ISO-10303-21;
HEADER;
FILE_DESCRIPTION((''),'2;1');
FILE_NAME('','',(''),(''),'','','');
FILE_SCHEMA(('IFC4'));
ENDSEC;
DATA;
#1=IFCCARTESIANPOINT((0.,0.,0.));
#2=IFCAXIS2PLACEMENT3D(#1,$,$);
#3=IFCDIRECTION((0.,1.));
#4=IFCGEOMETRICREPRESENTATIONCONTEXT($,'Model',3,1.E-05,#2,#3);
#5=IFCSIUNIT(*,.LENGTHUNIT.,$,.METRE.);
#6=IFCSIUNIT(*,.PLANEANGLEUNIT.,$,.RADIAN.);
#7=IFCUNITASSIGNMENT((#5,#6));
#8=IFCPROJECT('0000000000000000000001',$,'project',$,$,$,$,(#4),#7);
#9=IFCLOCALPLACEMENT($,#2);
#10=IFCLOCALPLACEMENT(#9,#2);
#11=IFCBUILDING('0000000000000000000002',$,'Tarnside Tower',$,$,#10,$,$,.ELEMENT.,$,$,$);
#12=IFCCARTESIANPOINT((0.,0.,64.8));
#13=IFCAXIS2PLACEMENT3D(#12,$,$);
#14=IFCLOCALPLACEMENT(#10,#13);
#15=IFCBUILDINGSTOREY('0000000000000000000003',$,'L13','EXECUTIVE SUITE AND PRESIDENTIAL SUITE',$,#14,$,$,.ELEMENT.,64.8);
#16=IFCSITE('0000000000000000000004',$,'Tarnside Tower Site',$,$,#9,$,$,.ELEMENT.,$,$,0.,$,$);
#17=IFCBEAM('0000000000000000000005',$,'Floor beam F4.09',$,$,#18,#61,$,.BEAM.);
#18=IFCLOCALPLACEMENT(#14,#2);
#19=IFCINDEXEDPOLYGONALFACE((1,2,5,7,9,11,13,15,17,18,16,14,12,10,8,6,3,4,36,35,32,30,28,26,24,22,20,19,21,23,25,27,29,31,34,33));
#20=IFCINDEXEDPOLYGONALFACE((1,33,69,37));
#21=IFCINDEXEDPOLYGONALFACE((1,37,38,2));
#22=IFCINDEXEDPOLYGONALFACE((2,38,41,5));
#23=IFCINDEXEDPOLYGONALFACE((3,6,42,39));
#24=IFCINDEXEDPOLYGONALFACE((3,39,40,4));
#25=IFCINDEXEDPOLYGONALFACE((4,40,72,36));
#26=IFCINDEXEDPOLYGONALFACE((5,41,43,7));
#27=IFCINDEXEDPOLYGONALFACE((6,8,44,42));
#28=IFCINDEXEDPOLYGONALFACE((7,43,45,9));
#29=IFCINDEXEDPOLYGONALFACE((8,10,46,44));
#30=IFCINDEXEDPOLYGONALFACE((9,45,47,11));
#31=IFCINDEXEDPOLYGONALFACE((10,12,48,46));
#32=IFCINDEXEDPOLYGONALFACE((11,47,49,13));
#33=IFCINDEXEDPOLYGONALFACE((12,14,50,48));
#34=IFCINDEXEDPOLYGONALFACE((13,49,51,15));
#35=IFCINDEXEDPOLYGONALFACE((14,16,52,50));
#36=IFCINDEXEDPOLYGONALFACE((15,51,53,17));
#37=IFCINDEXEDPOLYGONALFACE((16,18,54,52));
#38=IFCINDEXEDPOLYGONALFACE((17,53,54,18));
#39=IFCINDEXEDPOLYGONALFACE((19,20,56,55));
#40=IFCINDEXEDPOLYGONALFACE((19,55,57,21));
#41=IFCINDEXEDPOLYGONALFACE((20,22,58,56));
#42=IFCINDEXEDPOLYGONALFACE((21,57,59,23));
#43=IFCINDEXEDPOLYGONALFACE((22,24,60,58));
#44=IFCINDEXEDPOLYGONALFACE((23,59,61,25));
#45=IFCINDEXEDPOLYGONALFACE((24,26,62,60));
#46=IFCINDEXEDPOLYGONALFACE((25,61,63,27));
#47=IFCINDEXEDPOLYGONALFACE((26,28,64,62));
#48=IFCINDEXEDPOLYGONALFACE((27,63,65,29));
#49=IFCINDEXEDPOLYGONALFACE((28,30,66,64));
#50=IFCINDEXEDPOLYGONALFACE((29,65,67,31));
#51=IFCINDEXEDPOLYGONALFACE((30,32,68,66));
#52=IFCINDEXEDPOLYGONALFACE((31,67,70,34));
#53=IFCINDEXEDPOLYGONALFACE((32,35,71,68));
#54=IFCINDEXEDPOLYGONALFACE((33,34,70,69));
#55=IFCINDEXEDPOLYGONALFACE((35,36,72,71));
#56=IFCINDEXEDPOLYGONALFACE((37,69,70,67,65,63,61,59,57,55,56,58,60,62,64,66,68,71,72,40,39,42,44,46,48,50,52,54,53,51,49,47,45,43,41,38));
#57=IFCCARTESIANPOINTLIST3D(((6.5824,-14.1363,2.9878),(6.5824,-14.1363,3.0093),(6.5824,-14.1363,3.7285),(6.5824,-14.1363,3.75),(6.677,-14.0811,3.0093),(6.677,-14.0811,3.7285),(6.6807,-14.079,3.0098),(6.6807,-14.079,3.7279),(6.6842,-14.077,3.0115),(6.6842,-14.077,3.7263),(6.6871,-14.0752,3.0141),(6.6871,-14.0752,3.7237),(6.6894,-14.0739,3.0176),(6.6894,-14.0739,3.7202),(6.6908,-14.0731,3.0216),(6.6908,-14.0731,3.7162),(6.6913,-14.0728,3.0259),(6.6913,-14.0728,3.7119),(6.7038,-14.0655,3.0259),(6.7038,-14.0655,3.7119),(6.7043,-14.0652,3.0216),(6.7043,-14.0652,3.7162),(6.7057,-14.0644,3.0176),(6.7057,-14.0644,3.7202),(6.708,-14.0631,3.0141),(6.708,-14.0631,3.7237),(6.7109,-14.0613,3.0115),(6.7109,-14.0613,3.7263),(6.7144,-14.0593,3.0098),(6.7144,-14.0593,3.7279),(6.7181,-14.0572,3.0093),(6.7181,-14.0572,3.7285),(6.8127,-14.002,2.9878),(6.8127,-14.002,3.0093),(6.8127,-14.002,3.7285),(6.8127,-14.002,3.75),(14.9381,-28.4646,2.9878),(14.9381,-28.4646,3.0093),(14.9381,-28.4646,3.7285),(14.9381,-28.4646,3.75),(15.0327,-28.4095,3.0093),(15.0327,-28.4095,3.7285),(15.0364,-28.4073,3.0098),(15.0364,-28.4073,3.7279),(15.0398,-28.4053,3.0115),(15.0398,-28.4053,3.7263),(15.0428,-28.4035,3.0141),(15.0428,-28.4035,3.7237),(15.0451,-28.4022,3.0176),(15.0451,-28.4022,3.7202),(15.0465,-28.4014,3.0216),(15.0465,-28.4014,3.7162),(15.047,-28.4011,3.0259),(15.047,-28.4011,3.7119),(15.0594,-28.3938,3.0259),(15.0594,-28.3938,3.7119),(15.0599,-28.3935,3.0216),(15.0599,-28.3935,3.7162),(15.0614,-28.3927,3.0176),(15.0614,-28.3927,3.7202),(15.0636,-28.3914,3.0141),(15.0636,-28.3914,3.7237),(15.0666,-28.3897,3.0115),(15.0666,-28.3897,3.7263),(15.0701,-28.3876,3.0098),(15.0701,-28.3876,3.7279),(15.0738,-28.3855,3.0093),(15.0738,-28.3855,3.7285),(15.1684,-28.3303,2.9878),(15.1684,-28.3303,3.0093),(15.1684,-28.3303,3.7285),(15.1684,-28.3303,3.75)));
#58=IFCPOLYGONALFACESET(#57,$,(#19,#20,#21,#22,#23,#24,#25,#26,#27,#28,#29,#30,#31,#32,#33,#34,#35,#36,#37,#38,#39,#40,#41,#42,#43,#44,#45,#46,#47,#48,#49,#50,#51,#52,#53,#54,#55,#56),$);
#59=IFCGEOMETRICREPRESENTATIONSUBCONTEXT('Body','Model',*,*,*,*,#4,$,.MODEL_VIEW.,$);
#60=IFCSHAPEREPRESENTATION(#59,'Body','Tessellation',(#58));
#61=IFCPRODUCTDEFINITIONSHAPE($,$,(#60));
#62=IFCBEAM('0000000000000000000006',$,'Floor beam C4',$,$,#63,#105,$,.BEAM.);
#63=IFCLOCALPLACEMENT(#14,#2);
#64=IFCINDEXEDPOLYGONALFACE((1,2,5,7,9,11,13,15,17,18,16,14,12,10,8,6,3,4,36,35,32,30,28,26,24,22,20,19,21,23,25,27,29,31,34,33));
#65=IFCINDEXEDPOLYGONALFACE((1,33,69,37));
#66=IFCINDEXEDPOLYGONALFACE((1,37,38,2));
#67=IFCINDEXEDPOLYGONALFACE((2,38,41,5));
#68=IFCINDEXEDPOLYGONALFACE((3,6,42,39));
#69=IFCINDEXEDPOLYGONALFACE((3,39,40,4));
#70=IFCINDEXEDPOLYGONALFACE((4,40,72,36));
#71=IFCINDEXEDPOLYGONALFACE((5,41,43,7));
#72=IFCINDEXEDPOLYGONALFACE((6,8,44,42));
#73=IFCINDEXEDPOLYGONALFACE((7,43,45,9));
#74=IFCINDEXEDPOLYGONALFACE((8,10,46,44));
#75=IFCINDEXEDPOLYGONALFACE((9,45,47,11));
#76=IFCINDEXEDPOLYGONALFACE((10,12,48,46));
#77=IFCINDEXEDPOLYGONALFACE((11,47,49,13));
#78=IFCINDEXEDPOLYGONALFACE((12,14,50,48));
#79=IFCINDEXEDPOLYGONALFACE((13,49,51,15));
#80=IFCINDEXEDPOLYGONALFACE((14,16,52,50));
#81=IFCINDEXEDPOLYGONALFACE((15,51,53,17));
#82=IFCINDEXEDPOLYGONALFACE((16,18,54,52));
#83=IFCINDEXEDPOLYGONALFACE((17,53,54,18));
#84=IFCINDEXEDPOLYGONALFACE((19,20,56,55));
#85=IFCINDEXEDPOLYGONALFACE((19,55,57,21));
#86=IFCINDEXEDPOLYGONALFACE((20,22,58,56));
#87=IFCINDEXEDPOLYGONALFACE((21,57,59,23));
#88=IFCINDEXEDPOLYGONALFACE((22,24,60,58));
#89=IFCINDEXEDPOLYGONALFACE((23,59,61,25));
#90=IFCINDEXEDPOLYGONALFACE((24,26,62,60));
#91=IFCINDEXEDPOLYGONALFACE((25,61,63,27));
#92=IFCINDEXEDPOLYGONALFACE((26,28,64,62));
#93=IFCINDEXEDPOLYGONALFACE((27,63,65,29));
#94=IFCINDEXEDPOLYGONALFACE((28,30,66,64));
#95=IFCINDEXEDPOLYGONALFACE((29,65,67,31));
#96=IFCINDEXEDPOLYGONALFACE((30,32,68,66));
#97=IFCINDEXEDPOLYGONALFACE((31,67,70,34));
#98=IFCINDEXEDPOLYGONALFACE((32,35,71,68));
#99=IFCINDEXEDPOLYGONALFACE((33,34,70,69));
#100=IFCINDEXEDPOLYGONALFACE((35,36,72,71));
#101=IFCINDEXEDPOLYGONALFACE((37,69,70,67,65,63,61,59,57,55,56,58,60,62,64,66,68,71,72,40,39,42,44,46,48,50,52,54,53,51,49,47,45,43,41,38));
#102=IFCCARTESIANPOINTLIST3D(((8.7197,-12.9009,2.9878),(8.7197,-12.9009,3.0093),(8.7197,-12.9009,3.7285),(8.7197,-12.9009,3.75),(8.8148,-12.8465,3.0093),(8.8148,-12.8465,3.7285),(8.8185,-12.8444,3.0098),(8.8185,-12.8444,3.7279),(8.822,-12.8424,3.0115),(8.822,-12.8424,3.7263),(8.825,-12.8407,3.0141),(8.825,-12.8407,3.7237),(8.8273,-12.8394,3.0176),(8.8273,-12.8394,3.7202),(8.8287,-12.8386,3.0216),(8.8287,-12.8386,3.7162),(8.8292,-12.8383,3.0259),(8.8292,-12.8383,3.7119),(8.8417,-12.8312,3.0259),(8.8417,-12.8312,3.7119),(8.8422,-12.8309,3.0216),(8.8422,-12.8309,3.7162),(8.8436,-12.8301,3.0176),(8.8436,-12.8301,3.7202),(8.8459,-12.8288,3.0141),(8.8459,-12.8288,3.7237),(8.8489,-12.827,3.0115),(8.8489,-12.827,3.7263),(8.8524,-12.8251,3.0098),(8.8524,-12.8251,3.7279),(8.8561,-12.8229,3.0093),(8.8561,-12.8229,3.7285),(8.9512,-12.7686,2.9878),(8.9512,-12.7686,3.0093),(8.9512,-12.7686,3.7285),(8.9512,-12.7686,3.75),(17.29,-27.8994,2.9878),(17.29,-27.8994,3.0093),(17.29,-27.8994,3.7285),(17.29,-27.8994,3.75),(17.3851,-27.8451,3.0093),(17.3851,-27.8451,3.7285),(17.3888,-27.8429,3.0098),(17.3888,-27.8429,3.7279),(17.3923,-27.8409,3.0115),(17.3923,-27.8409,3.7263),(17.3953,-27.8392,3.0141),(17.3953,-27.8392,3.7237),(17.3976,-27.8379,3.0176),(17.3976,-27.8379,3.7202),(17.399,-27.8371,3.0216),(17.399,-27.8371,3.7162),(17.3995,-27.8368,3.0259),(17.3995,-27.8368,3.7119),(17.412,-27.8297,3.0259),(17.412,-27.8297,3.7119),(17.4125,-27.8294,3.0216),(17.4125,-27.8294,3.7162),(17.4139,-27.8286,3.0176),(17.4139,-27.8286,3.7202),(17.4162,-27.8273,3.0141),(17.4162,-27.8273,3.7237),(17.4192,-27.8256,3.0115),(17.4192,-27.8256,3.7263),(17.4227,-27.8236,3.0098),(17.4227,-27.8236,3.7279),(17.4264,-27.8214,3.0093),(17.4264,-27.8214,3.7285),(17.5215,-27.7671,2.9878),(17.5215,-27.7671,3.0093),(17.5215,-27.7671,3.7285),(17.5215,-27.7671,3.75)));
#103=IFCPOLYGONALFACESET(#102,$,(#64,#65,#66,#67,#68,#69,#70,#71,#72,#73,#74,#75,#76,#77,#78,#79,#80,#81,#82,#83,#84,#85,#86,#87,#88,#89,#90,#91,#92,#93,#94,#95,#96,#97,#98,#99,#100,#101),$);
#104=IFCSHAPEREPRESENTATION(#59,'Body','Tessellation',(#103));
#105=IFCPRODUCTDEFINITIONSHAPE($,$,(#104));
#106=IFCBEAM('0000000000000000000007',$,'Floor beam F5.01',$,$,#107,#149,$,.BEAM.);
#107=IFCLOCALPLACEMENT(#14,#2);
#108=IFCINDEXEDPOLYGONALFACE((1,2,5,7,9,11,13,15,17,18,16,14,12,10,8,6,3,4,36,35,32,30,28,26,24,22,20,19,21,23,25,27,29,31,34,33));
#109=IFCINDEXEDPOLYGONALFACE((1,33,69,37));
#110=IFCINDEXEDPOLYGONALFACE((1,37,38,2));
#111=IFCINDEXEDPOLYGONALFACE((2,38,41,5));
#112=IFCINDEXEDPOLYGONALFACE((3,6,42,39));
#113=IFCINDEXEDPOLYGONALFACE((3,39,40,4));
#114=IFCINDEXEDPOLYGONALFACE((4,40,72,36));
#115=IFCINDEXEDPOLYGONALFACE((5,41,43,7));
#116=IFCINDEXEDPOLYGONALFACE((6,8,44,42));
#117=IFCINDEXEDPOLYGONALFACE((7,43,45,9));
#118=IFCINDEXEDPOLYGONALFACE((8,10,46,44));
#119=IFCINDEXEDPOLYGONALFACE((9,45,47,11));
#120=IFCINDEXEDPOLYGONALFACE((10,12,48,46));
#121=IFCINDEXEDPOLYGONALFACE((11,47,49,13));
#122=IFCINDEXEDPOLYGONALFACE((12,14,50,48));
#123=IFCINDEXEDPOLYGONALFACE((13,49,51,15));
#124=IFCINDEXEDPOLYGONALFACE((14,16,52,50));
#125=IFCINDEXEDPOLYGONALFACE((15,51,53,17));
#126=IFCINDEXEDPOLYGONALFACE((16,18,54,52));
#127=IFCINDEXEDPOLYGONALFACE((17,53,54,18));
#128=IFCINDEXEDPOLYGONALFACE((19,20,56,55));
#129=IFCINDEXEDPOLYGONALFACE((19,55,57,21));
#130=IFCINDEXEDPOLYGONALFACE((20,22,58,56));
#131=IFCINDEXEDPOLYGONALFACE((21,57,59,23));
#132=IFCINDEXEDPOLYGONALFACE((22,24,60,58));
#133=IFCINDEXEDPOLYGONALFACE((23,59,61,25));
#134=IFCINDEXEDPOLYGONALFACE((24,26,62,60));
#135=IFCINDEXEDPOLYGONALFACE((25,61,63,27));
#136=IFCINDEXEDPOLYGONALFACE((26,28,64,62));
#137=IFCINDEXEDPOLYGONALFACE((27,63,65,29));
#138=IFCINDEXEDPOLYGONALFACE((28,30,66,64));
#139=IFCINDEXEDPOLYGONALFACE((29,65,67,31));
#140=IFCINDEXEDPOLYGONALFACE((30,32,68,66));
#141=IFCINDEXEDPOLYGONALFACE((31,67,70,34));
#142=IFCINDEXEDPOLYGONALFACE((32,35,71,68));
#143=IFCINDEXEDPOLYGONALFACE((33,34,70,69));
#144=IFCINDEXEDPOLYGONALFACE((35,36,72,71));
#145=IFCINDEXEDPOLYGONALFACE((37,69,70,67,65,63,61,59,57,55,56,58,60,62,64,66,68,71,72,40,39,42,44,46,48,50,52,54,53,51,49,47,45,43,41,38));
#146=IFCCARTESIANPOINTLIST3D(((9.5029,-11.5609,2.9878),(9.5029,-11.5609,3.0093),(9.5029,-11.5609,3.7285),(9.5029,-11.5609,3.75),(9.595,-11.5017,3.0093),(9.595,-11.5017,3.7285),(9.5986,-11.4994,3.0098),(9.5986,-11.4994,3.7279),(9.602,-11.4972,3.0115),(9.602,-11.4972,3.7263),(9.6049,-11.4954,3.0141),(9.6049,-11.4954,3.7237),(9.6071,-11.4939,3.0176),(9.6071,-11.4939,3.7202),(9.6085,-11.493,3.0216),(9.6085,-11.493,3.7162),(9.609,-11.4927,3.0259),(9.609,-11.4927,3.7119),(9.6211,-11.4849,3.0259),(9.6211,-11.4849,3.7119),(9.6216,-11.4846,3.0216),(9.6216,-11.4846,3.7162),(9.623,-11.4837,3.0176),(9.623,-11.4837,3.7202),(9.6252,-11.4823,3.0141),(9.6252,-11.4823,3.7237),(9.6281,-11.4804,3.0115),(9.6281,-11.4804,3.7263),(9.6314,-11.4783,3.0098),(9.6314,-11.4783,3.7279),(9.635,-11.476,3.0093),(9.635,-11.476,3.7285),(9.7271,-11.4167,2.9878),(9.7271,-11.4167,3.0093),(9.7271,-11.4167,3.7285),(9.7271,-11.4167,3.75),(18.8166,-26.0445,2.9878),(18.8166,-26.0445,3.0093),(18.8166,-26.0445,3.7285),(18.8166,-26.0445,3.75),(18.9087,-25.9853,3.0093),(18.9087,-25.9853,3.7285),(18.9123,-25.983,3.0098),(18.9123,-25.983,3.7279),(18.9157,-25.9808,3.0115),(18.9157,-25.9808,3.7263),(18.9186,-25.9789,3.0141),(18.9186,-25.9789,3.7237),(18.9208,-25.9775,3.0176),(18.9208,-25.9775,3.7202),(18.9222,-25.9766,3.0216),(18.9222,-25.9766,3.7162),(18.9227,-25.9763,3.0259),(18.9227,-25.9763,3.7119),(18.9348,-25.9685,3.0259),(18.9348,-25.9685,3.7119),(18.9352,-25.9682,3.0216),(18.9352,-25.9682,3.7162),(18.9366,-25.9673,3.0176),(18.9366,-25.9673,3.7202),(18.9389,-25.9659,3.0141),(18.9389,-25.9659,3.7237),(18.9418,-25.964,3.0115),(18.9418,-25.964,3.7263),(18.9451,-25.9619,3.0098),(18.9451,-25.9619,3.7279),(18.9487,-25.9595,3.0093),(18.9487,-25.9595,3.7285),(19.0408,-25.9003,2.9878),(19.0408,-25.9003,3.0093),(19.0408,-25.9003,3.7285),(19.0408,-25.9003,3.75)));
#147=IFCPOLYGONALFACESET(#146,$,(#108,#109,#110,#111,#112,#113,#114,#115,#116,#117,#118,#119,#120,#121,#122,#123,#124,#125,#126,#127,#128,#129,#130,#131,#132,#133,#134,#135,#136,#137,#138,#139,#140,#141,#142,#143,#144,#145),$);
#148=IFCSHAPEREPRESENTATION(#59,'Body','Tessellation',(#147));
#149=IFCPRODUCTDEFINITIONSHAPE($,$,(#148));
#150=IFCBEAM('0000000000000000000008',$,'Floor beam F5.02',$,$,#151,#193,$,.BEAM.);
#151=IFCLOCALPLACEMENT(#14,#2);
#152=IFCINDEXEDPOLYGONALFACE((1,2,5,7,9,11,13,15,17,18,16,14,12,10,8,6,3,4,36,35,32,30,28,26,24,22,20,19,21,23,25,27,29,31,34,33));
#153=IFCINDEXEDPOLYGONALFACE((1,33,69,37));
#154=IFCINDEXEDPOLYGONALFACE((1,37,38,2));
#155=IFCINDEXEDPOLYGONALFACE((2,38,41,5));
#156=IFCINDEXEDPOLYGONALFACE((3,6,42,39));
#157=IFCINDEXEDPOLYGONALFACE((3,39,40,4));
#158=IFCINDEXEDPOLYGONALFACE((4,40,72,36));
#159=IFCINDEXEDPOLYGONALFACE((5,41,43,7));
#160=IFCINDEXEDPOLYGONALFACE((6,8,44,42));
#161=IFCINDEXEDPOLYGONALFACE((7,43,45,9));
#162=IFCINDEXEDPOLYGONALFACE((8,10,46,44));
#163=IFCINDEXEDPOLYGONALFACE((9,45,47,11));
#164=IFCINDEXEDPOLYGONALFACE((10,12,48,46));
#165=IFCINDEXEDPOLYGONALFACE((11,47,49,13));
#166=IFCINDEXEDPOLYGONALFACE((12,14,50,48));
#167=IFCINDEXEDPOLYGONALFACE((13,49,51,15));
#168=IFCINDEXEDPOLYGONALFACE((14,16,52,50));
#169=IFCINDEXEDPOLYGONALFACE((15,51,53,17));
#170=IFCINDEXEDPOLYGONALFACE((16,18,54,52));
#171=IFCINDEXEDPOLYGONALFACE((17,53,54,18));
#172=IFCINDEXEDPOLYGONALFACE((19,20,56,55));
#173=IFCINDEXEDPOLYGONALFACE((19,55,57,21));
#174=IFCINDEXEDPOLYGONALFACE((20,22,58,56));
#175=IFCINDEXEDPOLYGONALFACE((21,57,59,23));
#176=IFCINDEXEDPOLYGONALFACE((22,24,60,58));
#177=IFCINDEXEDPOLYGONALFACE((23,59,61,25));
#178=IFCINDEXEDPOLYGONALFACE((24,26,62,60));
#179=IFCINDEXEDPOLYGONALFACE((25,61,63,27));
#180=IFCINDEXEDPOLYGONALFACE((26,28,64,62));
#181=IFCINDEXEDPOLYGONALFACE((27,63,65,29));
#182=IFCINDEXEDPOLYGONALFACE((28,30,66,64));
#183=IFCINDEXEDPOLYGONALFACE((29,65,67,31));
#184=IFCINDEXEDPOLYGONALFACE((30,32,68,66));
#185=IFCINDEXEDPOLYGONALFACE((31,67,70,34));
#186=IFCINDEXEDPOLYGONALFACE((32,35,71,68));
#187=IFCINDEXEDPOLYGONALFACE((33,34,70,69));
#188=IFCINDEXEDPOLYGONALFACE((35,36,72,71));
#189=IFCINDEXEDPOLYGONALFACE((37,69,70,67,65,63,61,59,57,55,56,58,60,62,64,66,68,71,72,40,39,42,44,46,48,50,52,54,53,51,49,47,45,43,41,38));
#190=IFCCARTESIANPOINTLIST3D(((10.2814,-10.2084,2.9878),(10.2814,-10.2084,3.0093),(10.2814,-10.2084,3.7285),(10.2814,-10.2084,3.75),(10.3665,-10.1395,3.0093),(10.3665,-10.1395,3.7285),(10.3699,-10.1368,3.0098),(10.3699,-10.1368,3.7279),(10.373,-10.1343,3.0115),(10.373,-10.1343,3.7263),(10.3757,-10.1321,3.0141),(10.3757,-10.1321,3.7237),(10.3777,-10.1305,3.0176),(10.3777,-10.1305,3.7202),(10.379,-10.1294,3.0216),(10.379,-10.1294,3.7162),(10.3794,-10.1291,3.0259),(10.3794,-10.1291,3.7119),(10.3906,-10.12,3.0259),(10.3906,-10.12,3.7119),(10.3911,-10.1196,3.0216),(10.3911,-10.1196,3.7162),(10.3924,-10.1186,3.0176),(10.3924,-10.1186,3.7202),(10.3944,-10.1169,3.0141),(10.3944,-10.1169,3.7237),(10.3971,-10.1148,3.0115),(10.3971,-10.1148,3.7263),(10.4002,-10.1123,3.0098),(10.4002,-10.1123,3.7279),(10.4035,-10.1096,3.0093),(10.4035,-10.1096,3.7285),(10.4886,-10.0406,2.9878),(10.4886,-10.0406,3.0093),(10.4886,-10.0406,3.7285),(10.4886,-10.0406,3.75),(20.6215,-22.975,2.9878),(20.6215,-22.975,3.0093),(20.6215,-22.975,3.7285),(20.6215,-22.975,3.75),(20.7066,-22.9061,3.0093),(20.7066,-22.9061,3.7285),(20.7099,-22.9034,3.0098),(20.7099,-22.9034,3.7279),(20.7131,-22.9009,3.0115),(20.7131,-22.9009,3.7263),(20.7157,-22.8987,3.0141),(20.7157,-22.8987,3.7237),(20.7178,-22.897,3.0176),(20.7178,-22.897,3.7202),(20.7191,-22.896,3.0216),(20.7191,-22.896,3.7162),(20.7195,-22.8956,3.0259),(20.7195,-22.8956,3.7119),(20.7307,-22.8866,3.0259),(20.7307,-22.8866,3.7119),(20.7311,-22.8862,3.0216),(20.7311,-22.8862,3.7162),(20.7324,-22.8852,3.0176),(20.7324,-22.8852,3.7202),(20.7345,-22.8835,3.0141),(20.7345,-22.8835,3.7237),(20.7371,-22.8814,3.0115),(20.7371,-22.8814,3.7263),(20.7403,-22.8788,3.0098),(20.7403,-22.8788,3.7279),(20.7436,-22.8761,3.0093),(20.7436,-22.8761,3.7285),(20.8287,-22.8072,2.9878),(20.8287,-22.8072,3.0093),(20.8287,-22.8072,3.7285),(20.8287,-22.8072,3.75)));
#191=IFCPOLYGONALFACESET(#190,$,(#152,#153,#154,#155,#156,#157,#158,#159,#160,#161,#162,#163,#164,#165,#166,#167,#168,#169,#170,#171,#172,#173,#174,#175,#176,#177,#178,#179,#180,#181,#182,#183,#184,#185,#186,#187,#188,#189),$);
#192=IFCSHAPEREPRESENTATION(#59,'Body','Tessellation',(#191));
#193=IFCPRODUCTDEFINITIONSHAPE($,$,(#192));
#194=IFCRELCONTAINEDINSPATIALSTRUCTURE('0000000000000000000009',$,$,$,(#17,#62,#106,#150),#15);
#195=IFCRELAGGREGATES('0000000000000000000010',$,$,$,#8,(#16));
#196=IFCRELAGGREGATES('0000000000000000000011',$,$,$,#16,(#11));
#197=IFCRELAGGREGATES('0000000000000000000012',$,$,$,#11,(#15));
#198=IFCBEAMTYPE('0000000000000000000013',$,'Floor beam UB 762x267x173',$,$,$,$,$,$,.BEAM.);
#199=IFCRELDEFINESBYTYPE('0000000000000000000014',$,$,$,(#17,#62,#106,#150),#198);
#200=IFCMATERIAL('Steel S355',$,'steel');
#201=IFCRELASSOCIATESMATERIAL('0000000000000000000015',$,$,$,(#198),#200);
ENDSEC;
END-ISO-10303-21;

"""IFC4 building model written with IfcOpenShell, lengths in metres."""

from ifc_helpers import new_model, si_unit, direction, frame, origin, origin_2d, place, context, subcontext, project, spatial, i_section, extrude, material, material_profile, profile_set, type_object, element, save


model = new_model("IFC4")

# Units and contexts
model_context = context("Model", 3, precision=1e-05, world=origin(), true_north=direction((0.0, 1.0)))
body_context = subcontext(model_context, "Body", "Model", "MODEL_VIEW")
ifc_project = project(units=[si_unit("LENGTHUNIT", "METRE"), si_unit("PLANEANGLEUNIT", "RADIAN")], contexts=[model_context])

# Site, building, storey
site_placement = place(None, origin())
site = spatial("IfcSite", under=ifc_project, at=site_placement, Name="Tarnside Tower Site", CompositionType="ELEMENT", RefElevation=0.0)
building_placement = place(site_placement, origin())
building = spatial("IfcBuilding", under=site, at=building_placement, Name="Tarnside Tower", CompositionType="ELEMENT")
storey_placement = place(building_placement, frame((0.0, 0.0, 64.8)))
storey = spatial("IfcBuildingStorey", under=building, at=storey_placement, Name="L13", Description="EXECUTIVE SUITE AND PRESIDENTIAL SUITE", CompositionType="ELEMENT", Elevation=64.8)

# Beams
ifc_material_1 = material(Name="Steel S355", Category="steel")
ifc_material_profile = material_profile(ifc_material_1, i_section(OverallWidth=0.2666, OverallDepth=0.7622, WebThickness=0.0144, FlangeThickness=0.0215, FilletRadius=0.0166, at=origin_2d()), Name="UB 762x267x173")
ifc_profile_set = profile_set([ifc_material_profile], Name="Steel S355")
beam_type = type_object("IfcBeamType", Name="Floor beam UB 762x267x173", PredefinedType="BEAM", material=ifc_profile_set)
beam_1_placement = place(storey_placement, frame((15.0532, -28.3975, 3.3689), z_axis=(-0.503758, 0.863845, 0.0), x_axis=(-0.863845, -0.503758, 0.0)))
element("IfcBeam", 1, at=beam_1_placement, inside=storey, type_object=beam_type, Name="Floor beam F4.09", PredefinedType="BEAM", context=body_context, shape_type="SweptSolid", body=[
    extrude(i_section(OverallWidth=0.2666, OverallDepth=0.7622, WebThickness=0.0144, FlangeThickness=0.0215, FilletRadius=0.0166, at=origin_2d()), origin(), (0.0, 0.0, 1.0), 16.5867),
])
beam_2_placement = place(storey_placement, frame((17.4058, -27.8333, 3.3689), z_axis=(-0.496127, 0.86825, 0.0), x_axis=(-0.86825, -0.496127, 0.0)))
element("IfcBeam", 2, at=beam_2_placement, inside=storey, type_object=beam_type, Name="Floor beam C4", PredefinedType="BEAM", context=body_context, shape_type="SweptSolid", body=[
    extrude(i_section(OverallWidth=0.2666, OverallDepth=0.7622, WebThickness=0.0144, FlangeThickness=0.0215, FilletRadius=0.0166, at=origin_2d()), origin(), (0.0, 0.0, 1.0), 17.2744),
])
beam_3_placement = place(storey_placement, frame((18.9287, -25.9724, 3.3689), z_axis=(-0.540873, 0.841104, 0.0), x_axis=(-0.841104, -0.540873, 0.0)))
element("IfcBeam", 3, at=beam_3_placement, inside=storey, type_object=beam_type, Name="Floor beam F5.01", PredefinedType="BEAM", context=body_context, shape_type="SweptSolid", body=[
    extrude(i_section(OverallWidth=0.2666, OverallDepth=0.7622, WebThickness=0.0144, FlangeThickness=0.0215, FilletRadius=0.0166, at=origin_2d()), origin(), (0.0, 0.0, 1.0), 17.2197),
])
beam_4_placement = place(storey_placement, frame((20.7251, -22.8911, 3.3689), z_axis=(-0.62939, 0.777089, 0.0), x_axis=(-0.777089, -0.62939, 0.0)))
element("IfcBeam", 4, at=beam_4_placement, inside=storey, type_object=beam_type, Name="Floor beam F5.02", PredefinedType="BEAM", context=body_context, shape_type="SweptSolid", body=[
    extrude(i_section(OverallWidth=0.2666, OverallDepth=0.7622, WebThickness=0.0144, FlangeThickness=0.0215, FilletRadius=0.0166, at=origin_2d()), origin(), (0.0, 0.0, 1.0), 16.4287),
])

save(model, "model.ifc")
